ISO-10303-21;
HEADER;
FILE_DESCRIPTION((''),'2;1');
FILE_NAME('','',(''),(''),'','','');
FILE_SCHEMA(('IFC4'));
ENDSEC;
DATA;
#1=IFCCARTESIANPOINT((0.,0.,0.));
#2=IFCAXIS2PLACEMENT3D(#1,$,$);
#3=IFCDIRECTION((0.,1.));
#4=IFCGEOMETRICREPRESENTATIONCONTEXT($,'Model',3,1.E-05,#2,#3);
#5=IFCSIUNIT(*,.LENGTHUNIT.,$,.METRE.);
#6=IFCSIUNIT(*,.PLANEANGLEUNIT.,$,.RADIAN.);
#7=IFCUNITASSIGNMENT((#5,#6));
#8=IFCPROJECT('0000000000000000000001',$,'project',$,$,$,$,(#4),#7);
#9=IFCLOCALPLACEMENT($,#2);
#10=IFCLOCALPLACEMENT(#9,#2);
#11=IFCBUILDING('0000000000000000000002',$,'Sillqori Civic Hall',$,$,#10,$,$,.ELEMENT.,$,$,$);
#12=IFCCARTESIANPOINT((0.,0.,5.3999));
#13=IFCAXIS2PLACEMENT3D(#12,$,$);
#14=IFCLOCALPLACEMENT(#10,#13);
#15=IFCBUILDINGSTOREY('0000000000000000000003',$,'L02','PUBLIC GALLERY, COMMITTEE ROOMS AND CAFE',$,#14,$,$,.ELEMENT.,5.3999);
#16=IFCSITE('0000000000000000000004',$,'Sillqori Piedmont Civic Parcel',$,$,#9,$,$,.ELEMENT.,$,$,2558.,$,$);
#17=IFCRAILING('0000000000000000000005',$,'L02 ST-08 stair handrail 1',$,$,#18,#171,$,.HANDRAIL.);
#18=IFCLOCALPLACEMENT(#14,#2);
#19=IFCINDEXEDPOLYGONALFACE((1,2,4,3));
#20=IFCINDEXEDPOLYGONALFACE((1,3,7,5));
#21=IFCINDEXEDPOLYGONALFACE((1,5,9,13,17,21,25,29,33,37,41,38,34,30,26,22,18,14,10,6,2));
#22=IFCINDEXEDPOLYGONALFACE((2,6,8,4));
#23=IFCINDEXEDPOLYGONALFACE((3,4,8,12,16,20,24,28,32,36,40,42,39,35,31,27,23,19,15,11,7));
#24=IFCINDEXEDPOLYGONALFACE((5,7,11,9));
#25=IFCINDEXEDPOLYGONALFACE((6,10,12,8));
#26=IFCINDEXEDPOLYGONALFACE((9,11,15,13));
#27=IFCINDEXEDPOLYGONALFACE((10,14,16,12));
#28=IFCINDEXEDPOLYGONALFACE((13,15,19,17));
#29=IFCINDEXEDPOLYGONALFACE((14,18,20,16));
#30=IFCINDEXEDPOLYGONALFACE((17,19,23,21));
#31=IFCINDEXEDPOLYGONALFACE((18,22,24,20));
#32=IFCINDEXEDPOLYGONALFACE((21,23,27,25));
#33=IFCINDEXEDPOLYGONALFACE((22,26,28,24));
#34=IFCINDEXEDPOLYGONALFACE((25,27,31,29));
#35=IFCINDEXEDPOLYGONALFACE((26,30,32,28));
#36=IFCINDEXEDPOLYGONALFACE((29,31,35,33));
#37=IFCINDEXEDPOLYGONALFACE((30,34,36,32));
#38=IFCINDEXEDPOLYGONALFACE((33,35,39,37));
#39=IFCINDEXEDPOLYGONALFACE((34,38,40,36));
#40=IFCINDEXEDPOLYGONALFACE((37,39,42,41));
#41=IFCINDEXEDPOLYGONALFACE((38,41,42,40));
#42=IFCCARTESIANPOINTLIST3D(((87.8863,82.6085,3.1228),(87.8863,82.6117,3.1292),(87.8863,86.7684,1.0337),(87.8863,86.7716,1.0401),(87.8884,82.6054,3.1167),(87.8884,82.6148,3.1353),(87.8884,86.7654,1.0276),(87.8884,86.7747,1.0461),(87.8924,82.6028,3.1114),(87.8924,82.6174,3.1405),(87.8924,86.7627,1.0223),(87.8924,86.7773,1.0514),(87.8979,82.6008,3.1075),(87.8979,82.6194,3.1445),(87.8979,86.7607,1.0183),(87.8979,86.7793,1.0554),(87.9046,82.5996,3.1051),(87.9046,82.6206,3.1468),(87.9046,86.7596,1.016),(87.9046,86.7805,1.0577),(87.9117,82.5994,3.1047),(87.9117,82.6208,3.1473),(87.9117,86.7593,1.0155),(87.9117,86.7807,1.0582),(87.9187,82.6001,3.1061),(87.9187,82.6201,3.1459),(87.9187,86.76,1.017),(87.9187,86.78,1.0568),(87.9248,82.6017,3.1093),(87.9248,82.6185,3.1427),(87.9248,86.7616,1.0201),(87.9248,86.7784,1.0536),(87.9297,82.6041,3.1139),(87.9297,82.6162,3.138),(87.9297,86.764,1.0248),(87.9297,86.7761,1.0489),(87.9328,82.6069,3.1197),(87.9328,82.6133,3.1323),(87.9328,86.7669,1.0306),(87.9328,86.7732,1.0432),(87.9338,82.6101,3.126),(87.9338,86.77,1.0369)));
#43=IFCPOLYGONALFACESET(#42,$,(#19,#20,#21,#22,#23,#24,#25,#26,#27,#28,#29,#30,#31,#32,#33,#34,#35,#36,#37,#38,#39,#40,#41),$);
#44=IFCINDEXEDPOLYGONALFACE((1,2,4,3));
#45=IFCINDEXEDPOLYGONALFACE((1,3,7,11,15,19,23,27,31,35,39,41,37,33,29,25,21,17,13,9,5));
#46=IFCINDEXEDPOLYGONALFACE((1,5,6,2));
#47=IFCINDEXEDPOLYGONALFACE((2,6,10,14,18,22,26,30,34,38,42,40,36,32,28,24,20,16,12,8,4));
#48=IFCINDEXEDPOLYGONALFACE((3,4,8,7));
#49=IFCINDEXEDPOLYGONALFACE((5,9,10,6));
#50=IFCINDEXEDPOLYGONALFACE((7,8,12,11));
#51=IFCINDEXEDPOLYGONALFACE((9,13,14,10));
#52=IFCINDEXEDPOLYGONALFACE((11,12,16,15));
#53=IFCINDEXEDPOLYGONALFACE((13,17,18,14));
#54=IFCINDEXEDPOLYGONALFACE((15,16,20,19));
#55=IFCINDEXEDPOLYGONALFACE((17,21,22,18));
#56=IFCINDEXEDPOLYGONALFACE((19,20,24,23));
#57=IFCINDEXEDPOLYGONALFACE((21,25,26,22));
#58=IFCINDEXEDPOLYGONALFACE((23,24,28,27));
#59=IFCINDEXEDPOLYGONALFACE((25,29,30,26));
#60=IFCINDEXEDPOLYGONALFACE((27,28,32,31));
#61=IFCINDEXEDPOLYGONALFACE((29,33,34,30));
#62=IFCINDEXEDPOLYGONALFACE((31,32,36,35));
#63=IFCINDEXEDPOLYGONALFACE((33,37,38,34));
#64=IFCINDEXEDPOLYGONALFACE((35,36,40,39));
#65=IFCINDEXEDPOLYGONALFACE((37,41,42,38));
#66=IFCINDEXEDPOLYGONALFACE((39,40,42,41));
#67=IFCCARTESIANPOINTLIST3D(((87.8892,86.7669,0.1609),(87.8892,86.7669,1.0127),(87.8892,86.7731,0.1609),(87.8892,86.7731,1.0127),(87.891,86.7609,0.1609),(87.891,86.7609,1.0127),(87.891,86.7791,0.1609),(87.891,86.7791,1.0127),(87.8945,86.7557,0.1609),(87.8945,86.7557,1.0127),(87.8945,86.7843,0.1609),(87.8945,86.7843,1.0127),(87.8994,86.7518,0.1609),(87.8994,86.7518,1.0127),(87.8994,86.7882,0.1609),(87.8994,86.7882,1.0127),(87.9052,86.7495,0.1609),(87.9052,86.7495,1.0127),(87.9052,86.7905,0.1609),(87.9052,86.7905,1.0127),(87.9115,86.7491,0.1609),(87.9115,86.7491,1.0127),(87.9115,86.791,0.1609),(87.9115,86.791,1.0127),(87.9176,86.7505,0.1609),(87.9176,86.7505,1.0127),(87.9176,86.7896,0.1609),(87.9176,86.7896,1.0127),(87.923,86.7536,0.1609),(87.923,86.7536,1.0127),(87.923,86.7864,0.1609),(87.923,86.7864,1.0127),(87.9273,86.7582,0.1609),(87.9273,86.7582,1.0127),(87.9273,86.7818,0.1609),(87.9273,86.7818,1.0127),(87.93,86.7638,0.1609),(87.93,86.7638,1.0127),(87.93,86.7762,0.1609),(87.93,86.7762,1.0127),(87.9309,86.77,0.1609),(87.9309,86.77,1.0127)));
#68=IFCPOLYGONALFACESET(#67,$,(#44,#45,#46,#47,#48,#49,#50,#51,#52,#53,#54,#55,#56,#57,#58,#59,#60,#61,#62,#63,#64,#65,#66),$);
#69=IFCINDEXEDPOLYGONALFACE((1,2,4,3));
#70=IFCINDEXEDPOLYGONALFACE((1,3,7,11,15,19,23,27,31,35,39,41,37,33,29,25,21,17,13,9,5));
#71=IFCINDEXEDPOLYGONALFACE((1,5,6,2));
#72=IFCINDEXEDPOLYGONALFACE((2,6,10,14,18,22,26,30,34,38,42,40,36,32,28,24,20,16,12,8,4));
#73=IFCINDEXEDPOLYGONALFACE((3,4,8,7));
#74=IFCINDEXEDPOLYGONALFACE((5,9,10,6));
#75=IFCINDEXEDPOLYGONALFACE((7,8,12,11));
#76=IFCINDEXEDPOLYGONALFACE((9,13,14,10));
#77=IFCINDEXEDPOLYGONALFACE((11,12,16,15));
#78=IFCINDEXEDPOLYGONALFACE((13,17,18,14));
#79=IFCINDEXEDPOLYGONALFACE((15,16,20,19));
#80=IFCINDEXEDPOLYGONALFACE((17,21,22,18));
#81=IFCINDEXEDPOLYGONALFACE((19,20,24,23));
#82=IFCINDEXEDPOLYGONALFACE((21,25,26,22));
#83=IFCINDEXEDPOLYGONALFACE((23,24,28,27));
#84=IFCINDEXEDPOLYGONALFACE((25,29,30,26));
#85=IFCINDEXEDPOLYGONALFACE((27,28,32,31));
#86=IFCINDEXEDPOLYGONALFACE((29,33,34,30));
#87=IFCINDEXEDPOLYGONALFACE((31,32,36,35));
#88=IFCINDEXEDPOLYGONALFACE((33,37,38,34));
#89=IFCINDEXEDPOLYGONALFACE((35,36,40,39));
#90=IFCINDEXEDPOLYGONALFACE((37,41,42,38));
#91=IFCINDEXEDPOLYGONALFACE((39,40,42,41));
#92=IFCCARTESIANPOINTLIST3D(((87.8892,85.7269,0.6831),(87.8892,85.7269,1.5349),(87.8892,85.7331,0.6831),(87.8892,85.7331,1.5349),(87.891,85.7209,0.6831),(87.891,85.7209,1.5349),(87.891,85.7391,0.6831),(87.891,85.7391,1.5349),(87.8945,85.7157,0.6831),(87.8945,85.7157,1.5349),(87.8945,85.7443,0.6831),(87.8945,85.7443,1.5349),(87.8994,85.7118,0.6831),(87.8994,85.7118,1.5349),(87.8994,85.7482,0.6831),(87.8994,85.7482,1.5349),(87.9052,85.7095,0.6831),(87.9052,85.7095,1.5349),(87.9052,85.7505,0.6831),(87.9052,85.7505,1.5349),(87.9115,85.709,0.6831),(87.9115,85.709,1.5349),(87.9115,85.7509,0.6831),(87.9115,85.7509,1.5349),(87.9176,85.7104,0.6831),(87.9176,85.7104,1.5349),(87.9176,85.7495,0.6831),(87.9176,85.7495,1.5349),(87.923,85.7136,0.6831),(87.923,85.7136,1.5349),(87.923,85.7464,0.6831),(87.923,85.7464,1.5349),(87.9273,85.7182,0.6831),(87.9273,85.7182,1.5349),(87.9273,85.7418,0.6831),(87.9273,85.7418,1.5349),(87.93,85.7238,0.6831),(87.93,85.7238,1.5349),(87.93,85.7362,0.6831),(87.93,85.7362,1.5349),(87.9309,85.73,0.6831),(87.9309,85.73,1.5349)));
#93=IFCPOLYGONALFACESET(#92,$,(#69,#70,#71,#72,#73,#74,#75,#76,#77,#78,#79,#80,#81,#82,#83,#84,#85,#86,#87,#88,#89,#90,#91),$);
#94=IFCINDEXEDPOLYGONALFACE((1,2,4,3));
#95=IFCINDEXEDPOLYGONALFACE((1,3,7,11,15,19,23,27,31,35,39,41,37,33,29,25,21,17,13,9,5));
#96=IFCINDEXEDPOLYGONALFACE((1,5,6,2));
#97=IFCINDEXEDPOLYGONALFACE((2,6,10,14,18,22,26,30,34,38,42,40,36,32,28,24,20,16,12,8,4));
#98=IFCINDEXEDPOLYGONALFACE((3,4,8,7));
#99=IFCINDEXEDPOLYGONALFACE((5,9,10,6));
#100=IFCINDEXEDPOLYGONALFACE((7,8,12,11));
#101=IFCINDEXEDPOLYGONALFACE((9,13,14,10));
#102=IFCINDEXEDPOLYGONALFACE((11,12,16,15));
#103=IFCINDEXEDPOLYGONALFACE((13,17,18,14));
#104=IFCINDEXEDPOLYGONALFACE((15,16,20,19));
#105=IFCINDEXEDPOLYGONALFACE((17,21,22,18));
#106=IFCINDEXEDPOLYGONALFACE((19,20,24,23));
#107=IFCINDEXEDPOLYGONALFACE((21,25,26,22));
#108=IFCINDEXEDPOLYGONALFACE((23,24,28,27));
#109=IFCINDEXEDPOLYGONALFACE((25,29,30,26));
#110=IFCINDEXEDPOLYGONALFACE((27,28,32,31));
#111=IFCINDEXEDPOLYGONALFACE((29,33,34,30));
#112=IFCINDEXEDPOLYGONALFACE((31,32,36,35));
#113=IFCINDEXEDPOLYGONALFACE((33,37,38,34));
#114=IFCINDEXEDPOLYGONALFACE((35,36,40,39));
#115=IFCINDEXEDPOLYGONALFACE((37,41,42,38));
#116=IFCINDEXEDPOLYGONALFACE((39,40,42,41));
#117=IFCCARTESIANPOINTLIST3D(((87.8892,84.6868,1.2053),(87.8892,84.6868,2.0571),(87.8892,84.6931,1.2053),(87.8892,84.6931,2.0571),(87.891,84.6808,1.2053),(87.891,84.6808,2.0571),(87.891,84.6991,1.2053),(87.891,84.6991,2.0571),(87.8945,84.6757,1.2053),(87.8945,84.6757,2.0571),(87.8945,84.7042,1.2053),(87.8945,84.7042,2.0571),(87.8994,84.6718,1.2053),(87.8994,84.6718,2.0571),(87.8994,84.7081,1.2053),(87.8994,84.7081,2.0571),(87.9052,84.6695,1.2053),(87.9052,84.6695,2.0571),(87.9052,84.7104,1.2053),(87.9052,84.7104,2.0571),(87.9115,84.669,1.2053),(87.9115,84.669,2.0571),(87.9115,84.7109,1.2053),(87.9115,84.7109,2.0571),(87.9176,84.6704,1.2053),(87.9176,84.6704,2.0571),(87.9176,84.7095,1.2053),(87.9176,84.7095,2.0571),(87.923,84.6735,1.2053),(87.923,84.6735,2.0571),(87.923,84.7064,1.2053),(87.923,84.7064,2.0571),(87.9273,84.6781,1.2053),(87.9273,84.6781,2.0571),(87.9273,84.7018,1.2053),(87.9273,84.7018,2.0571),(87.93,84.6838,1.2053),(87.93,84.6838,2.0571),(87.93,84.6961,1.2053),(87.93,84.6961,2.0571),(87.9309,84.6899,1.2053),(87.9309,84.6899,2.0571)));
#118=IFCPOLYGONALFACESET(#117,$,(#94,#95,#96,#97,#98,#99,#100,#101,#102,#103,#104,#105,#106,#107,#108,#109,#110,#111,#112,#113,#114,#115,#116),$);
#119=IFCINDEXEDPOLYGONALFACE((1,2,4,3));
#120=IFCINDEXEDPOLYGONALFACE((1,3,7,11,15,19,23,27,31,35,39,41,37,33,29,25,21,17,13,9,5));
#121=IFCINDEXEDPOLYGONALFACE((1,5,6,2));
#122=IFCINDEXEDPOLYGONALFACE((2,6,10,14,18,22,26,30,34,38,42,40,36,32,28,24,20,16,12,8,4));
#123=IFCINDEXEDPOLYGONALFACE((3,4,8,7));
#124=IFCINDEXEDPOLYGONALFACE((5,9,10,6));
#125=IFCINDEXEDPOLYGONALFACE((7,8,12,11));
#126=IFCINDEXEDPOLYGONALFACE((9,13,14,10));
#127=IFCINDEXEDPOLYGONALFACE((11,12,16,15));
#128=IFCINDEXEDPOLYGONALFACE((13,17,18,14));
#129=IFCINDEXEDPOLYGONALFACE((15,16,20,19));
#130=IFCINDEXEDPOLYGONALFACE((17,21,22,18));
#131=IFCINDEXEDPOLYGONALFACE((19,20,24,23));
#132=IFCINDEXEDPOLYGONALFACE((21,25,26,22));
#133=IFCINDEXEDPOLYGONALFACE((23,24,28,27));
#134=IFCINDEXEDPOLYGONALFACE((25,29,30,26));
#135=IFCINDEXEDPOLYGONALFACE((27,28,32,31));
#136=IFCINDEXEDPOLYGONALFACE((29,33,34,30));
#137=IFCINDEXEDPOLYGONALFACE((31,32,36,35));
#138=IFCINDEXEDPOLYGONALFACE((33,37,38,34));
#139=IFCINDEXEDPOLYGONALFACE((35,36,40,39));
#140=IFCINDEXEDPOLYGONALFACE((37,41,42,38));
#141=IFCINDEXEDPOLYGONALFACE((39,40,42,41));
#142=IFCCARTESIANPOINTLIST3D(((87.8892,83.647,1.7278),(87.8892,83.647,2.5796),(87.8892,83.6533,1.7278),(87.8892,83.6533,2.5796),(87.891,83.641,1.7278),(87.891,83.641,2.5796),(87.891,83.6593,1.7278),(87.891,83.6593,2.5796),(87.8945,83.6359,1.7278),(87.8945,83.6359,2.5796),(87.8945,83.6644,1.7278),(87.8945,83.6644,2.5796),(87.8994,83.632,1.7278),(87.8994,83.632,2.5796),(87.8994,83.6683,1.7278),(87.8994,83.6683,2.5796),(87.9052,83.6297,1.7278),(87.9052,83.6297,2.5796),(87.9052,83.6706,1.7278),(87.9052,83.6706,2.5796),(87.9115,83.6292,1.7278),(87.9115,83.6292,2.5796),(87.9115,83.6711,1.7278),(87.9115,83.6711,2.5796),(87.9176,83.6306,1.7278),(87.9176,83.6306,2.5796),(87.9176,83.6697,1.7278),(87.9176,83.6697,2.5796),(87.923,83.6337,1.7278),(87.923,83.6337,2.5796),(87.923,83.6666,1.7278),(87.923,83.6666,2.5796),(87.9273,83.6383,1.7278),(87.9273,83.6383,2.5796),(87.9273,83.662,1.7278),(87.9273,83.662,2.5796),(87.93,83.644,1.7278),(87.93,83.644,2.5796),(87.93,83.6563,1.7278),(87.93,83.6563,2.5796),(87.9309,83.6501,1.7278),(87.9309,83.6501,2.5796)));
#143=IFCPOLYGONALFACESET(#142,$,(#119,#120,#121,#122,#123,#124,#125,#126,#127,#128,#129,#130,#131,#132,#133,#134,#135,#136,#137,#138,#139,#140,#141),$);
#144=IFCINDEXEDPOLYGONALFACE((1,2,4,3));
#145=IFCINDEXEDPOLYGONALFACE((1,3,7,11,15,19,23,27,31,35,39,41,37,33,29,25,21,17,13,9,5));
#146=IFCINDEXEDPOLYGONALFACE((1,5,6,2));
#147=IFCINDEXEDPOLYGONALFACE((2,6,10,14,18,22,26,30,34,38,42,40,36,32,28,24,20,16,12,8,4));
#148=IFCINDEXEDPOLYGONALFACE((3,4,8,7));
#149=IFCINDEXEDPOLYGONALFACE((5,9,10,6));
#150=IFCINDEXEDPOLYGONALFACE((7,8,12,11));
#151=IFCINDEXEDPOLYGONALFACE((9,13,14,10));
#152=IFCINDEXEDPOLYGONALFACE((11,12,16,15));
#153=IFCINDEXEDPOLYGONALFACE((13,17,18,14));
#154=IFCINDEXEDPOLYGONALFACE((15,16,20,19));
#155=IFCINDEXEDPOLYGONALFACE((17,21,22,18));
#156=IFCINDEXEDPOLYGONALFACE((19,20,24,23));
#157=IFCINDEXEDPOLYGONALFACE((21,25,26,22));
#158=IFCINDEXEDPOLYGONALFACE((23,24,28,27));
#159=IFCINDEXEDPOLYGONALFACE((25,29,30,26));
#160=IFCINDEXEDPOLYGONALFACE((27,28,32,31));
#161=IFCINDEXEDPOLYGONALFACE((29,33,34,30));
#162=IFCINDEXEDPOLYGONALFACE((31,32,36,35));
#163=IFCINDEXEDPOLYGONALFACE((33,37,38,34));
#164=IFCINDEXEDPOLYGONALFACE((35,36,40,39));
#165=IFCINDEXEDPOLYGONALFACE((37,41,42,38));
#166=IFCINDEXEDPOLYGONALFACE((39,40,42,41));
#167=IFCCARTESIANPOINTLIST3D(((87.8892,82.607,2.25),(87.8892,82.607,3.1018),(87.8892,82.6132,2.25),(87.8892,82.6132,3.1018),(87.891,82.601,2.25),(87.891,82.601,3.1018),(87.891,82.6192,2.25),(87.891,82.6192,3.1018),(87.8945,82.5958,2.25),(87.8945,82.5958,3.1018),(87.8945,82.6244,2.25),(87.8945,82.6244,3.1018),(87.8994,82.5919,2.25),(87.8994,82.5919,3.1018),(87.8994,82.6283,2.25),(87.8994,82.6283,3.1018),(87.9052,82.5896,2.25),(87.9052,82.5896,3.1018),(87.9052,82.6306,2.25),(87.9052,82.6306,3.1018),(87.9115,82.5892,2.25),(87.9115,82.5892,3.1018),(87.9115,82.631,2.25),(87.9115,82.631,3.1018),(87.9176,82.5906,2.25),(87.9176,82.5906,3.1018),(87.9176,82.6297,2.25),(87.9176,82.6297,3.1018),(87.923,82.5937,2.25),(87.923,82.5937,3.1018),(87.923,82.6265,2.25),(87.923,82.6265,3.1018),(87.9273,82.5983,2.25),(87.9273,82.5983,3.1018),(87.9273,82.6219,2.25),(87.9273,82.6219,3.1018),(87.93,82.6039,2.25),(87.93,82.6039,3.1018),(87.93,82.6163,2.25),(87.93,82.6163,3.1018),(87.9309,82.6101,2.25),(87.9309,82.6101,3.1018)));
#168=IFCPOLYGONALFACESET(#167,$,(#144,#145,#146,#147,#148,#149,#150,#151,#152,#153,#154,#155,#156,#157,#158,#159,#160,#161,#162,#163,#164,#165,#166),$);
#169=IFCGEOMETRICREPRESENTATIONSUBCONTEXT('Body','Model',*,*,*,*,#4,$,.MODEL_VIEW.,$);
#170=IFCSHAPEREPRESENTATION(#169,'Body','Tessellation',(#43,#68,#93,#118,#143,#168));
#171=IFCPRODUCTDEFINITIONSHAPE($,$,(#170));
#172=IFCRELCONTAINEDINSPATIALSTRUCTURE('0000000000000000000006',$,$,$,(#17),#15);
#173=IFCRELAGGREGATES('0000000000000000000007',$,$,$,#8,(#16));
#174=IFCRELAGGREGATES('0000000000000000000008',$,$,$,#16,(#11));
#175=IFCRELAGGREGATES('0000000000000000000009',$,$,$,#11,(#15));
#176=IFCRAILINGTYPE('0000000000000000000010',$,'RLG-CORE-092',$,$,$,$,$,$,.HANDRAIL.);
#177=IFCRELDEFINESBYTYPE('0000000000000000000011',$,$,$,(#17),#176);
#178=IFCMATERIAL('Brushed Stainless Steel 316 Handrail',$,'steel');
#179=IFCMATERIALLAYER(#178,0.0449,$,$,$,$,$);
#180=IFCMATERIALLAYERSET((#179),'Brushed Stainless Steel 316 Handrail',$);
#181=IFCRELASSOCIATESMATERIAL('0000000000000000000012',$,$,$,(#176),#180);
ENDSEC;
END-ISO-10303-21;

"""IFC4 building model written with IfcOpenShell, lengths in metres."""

from ifc_helpers import new_model, si_unit, direction, frame, origin, origin_2d, place, context, subcontext, project, spatial, circle, extrude, material, layer, layer_set, type_object, element, save


model = new_model("IFC4")

# Units and contexts
model_context = context("Model", 3, precision=1e-05, world=origin(), true_north=direction((0.0, 1.0)))
body_context = subcontext(model_context, "Body", "Model", "MODEL_VIEW")
ifc_project = project(units=[si_unit("LENGTHUNIT", "METRE"), si_unit("PLANEANGLEUNIT", "RADIAN")], contexts=[model_context])

# Site, building, storey
site_placement = place(None, origin())
site = spatial("IfcSite", under=ifc_project, at=site_placement, Name="Sillqori Piedmont Civic Parcel", CompositionType="ELEMENT", RefElevation=2558.0)
building_placement = place(site_placement, origin())
building = spatial("IfcBuilding", under=site, at=building_placement, Name="Sillqori Civic Hall", CompositionType="ELEMENT")
storey_placement = place(building_placement, frame((0.0, 0.0, 5.3999)))
storey = spatial("IfcBuildingStorey", under=building, at=storey_placement, Name="L02", Description="PUBLIC GALLERY, COMMITTEE ROOMS AND CAFE", CompositionType="ELEMENT", Elevation=5.3999)

# Railing
ifc_material_1 = material(Name="Brushed Stainless Steel 316 Handrail", Category="steel")
ifc_layer_1 = layer(ifc_material_1, 0.0449)
ifc_layer_set_1 = layer_set([ifc_layer_1], Name="Brushed Stainless Steel 316 Handrail")
railing_type_1 = type_object("IfcRailingType", Name="RLG-CORE-092", PredefinedType="HANDRAIL", material=ifc_layer_set_1)
railing_1_placement = place(storey_placement, frame((87.9099, 86.77, 0.1609)))
element("IfcRailing", 1, at=railing_1_placement, inside=storey, type_object=railing_type_1, Name="L02 ST-08 stair handrail 1", PredefinedType="HANDRAIL", context=body_context, shape_type="SweptSolid", body=[
    extrude(circle(Radius=0.0239, at=origin_2d()), frame((0.0, 0.0, 0.876), z_axis=(0.0, -0.893639, 0.448786), x_axis=(1.0, 0.0, 0.0)), (0.0, 0.0, 1.0), 4.655),
    extrude(circle(Radius=0.021, at=origin_2d()), origin(), (0.0, 0.0, 1.0), 0.8518),
    extrude(circle(Radius=0.021, at=origin_2d()), frame((0.0, -1.04, 0.5222)), (0.0, 0.0, 1.0), 0.8518),
    extrude(circle(Radius=0.021, at=origin_2d()), frame((0.0, -2.0801, 1.0444)), (0.0, 0.0, 1.0), 0.8518),
    extrude(circle(Radius=0.021, at=origin_2d()), frame((0.0, -3.1199, 1.5669)), (0.0, 0.0, 1.0), 0.8518),
    extrude(circle(Radius=0.021, at=origin_2d()), frame((0.0, -4.1599, 2.0891)), (0.0, 0.0, 1.0), 0.8518),
])

save(model, "model.ifc")
